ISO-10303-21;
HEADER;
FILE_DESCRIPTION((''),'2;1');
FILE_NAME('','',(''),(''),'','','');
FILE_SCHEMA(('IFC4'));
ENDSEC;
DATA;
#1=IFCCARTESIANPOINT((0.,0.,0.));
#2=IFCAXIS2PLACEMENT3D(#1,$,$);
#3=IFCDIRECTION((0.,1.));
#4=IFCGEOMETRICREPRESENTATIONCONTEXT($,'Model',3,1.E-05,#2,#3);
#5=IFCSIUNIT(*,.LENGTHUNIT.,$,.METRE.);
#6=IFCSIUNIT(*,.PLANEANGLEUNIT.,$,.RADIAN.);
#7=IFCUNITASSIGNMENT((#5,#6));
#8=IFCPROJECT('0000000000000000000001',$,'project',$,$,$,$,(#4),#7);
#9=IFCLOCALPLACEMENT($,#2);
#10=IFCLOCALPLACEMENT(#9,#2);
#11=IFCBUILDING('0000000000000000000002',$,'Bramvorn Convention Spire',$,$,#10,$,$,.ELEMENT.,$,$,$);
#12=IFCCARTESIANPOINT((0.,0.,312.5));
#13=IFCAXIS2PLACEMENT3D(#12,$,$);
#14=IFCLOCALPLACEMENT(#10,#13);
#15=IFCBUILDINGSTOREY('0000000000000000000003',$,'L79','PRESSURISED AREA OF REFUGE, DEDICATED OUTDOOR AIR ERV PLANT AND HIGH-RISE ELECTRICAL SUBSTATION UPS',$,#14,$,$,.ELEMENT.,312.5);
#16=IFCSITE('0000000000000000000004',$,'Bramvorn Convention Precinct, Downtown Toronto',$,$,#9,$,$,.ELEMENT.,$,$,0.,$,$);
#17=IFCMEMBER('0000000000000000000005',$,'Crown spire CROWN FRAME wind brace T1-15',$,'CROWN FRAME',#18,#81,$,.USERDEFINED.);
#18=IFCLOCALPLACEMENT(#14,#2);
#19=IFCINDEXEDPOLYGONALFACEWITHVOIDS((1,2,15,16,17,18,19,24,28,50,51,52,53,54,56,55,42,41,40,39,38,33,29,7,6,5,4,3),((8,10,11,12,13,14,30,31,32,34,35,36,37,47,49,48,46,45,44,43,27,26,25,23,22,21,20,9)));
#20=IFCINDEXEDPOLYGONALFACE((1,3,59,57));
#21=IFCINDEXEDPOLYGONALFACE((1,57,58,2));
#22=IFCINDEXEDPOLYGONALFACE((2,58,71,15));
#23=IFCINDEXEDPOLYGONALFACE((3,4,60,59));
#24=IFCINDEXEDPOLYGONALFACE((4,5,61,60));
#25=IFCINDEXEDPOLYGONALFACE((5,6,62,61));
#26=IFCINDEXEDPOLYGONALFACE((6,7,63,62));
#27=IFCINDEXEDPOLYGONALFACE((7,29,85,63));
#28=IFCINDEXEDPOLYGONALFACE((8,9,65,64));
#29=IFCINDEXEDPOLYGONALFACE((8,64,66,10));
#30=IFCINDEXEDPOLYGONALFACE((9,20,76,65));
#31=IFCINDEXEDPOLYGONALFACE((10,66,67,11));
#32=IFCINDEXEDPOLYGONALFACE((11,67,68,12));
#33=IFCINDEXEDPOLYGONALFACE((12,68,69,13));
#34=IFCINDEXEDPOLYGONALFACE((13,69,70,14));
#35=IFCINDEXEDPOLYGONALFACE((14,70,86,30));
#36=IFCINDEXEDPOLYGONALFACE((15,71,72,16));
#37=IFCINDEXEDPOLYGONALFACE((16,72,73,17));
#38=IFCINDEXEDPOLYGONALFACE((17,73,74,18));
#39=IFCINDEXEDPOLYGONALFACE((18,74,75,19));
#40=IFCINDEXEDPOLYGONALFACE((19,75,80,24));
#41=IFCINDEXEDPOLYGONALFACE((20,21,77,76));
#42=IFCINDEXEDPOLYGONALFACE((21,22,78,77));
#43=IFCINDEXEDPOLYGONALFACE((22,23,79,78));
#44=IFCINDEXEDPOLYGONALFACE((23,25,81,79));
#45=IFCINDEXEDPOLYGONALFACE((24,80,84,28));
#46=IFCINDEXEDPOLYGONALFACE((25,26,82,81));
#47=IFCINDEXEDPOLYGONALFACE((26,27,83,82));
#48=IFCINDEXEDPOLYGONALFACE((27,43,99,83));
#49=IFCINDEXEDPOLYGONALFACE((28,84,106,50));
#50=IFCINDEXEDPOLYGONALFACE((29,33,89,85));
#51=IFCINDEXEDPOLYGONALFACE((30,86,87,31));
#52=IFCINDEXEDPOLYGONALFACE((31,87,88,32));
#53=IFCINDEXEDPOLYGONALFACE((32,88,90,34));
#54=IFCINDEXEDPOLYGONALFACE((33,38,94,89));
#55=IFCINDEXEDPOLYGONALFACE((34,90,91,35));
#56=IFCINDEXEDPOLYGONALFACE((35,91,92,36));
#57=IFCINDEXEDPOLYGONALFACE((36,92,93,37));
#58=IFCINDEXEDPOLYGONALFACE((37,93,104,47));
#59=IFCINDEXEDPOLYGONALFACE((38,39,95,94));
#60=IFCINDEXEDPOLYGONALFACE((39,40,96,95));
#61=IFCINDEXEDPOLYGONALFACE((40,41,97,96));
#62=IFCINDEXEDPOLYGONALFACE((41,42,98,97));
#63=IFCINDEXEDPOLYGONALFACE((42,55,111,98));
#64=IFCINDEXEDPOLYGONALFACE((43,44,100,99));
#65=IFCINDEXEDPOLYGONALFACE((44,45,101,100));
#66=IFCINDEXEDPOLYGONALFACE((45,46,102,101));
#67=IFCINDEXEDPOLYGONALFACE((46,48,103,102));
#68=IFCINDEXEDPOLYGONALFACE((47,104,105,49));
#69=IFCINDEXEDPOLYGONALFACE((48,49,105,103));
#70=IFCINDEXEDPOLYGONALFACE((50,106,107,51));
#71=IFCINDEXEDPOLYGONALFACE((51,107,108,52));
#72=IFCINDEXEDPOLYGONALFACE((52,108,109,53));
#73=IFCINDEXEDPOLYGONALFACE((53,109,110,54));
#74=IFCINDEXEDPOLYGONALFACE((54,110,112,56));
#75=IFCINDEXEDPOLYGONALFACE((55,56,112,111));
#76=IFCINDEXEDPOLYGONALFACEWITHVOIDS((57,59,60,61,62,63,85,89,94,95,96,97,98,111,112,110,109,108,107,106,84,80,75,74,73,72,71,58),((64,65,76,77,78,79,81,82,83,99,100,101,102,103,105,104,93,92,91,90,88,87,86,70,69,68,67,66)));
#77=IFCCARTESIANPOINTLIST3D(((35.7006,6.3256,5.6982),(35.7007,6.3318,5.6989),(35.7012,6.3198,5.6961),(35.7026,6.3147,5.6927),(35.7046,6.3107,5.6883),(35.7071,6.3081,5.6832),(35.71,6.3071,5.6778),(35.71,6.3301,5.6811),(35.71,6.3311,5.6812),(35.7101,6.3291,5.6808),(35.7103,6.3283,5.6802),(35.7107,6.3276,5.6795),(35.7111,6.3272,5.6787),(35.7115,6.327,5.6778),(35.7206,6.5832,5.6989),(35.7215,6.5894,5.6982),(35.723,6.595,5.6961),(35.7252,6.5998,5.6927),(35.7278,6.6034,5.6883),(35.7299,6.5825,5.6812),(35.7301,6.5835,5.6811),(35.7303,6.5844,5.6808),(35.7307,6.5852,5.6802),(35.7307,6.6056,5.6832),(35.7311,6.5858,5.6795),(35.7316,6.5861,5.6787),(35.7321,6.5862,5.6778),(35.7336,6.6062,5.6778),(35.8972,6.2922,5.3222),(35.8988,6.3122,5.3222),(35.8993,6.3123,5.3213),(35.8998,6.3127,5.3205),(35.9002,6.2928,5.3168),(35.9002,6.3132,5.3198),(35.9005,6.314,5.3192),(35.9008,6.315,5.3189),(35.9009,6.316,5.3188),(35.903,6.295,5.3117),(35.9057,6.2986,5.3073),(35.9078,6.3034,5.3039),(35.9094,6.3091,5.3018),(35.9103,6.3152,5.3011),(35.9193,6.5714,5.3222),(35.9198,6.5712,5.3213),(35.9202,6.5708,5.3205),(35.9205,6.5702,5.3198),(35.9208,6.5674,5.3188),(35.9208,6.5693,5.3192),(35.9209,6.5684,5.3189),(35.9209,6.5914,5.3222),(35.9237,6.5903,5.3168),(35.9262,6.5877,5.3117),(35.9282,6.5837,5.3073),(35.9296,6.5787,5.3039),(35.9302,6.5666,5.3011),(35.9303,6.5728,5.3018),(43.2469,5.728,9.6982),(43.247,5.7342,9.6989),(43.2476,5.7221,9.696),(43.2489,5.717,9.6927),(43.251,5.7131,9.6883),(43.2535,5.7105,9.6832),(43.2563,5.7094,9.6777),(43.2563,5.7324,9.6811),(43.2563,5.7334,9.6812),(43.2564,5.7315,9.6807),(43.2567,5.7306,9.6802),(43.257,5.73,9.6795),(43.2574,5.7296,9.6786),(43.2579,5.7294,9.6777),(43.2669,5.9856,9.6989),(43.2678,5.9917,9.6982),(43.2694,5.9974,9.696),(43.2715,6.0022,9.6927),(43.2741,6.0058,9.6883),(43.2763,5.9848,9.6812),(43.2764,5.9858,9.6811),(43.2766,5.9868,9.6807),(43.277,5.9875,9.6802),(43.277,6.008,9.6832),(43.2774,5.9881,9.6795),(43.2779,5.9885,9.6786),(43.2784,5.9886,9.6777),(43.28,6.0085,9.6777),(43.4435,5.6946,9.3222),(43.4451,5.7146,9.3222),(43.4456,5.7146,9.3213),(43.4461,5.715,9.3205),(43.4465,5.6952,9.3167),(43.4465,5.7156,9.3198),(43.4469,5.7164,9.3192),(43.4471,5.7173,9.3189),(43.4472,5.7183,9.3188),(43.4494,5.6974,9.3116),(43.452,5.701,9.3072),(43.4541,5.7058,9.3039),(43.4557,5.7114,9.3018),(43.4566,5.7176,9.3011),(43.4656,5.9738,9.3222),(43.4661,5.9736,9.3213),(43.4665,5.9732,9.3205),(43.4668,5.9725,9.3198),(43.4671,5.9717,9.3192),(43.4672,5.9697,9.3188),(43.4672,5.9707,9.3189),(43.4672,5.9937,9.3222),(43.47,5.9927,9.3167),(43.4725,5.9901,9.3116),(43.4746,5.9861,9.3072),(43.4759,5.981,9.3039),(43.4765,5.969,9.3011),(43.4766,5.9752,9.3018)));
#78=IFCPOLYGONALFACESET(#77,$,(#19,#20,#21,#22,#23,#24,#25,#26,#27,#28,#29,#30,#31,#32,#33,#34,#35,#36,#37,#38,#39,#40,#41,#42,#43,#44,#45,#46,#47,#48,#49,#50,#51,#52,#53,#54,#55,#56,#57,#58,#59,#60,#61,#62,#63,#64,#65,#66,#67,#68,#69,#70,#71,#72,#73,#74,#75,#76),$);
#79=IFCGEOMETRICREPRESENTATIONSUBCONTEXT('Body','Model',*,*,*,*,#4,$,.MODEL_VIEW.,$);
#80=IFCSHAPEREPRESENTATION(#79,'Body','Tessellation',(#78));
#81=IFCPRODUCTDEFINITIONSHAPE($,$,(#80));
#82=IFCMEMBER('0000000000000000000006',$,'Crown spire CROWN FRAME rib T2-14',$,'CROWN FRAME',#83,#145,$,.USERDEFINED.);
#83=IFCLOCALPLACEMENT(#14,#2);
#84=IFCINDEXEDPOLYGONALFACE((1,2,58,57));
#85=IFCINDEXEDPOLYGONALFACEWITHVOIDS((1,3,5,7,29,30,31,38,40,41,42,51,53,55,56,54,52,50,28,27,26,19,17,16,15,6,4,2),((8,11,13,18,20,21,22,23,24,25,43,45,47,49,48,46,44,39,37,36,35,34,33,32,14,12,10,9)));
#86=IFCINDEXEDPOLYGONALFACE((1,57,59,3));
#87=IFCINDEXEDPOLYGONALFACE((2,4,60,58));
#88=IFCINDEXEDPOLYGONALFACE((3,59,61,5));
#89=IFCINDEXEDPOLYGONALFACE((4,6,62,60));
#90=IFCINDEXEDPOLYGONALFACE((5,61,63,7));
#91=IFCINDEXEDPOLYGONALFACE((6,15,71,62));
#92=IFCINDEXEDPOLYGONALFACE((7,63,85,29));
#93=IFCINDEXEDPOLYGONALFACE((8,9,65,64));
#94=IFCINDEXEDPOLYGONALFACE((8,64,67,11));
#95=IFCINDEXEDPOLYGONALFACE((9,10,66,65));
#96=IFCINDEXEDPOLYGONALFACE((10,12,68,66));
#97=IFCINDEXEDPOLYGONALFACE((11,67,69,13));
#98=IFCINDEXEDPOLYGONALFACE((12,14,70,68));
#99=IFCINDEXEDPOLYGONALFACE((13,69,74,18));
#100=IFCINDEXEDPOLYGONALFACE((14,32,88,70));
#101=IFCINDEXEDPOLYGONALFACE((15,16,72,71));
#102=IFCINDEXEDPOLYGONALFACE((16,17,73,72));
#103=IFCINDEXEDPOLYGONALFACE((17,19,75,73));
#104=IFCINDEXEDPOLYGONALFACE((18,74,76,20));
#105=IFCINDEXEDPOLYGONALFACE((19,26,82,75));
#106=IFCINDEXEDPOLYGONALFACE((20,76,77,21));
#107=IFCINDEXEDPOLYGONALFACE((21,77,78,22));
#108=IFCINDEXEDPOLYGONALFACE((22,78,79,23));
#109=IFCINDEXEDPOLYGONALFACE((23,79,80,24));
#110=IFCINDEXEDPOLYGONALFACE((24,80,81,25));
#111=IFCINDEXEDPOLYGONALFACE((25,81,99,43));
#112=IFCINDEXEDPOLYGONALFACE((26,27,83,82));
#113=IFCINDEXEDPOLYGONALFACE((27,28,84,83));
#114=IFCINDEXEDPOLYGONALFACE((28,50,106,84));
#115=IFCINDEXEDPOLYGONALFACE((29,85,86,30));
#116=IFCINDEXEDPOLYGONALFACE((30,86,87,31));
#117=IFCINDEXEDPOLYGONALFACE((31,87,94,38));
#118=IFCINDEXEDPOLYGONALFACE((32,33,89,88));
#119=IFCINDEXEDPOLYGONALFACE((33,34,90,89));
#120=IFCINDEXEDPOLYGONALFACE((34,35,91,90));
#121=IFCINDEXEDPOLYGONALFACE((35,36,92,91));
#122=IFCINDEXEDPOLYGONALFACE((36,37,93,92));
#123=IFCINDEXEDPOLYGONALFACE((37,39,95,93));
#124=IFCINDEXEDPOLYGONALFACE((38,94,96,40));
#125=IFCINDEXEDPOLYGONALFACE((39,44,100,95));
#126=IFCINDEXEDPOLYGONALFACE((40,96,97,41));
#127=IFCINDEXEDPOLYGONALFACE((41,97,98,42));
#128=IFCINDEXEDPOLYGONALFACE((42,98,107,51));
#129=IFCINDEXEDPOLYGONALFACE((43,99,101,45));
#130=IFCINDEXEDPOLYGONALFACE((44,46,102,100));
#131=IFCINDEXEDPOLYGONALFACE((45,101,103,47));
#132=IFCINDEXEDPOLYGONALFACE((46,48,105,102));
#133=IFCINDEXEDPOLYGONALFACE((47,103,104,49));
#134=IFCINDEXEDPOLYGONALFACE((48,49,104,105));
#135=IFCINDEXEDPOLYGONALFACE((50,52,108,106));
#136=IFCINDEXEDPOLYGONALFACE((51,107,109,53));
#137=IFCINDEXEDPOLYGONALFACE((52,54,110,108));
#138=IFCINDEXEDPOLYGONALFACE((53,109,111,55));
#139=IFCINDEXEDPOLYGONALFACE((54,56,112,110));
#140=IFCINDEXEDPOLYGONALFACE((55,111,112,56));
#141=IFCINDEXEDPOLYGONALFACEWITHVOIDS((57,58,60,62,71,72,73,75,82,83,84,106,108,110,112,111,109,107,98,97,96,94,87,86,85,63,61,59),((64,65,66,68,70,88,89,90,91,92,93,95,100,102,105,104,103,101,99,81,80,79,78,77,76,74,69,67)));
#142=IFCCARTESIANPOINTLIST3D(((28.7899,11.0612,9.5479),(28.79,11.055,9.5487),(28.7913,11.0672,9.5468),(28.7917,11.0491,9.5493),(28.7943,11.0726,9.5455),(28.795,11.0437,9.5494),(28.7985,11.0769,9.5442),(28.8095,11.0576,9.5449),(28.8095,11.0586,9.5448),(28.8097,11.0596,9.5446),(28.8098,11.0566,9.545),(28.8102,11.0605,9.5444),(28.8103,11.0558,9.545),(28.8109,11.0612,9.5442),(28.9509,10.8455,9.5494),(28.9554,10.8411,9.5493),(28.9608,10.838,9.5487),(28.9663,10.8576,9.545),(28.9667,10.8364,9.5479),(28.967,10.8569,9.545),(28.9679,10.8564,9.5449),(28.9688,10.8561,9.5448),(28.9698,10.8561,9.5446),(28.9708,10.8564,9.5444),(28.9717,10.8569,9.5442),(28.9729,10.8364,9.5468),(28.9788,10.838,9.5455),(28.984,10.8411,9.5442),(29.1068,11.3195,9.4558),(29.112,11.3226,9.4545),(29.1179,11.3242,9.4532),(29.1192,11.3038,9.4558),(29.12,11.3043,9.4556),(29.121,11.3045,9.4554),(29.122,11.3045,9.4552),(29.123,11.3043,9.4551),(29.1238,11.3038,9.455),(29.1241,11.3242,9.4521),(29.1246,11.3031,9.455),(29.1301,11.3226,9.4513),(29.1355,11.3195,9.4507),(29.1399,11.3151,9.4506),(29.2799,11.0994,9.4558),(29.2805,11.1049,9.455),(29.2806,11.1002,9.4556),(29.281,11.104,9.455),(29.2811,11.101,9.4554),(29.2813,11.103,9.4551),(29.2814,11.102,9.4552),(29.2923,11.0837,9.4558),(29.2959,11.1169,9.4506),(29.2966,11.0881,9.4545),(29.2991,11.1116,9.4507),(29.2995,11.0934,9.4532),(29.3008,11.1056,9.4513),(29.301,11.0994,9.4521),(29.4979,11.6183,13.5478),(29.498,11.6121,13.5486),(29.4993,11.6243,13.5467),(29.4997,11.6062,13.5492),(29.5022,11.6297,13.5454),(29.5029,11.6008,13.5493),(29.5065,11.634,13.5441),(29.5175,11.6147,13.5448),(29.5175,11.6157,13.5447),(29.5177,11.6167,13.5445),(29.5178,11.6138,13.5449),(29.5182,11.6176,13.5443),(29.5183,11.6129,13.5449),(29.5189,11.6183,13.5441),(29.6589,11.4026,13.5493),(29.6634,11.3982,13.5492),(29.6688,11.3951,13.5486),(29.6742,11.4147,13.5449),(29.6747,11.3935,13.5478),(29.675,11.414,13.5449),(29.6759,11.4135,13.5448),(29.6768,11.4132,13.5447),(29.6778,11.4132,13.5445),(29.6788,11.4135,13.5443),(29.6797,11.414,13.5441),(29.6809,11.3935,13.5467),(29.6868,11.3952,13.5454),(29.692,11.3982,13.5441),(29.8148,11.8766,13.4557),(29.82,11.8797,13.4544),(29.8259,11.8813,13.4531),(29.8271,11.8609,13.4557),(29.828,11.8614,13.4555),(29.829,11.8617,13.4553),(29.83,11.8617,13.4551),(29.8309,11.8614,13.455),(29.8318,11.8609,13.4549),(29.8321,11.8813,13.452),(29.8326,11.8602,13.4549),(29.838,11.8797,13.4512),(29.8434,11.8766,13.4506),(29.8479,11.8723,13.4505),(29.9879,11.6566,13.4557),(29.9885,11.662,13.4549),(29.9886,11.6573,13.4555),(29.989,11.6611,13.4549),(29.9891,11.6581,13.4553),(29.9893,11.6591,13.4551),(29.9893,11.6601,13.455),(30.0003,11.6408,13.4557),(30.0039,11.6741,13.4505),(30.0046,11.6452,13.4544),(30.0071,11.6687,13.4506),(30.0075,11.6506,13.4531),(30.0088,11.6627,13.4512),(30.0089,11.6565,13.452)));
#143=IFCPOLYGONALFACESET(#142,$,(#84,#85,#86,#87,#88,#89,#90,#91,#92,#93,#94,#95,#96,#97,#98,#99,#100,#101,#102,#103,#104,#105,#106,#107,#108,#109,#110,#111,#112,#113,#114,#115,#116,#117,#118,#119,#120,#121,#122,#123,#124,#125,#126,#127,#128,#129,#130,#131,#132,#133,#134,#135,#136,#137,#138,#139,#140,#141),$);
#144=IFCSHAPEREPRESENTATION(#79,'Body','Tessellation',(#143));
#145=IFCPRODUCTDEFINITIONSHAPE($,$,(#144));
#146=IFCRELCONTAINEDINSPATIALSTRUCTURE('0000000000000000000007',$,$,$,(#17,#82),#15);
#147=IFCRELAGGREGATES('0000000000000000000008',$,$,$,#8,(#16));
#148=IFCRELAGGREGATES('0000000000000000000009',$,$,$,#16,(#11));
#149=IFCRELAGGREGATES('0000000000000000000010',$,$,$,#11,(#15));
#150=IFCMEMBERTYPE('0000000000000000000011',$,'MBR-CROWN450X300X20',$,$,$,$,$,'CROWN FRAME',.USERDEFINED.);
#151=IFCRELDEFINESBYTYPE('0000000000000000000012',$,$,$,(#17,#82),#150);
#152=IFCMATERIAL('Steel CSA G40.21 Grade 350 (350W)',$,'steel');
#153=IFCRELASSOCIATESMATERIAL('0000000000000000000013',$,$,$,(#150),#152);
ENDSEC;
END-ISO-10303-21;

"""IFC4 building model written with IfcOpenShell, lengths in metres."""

from ifc_helpers import new_model, si_unit, direction, frame, origin, origin_2d, place, context, subcontext, project, spatial, hollow_rectangle, extrude, material, material_profile, profile_set, type_object, element, save


model = new_model("IFC4")

# Units and contexts
model_context = context("Model", 3, precision=1e-05, world=origin(), true_north=direction((0.0, 1.0)))
body_context = subcontext(model_context, "Body", "Model", "MODEL_VIEW")
ifc_project = project(units=[si_unit("LENGTHUNIT", "METRE"), si_unit("PLANEANGLEUNIT", "RADIAN")], contexts=[model_context])

# Site, building, storey
site_placement = place(None, origin())
site = spatial("IfcSite", under=ifc_project, at=site_placement, Name="Bramvorn Convention Precinct, Downtown Toronto", CompositionType="ELEMENT", RefElevation=0.0)
building_placement = place(site_placement, origin())
building = spatial("IfcBuilding", under=site, at=building_placement, Name="Bramvorn Convention Spire", CompositionType="ELEMENT")
storey_placement = place(building_placement, frame((0.0, 0.0, 312.5)))
storey = spatial("IfcBuildingStorey", under=building, at=storey_placement, Name="L79", Description="PRESSURISED AREA OF REFUGE, DEDICATED OUTDOOR AIR ERV PLANT AND HIGH-RISE ELECTRICAL SUBSTATION UPS", CompositionType="ELEMENT", Elevation=312.5)

# Shared definitions
ifc_material_1 = material(Name="Steel CSA G40.21 Grade 350 (350W)", Category="steel")

# Members
ifc_material_profile_1 = material_profile(ifc_material_1, hollow_rectangle(XDim=0.3, YDim=0.45, WallThickness=0.02, InnerFilletRadius=0.0039, OuterFilletRadius=0.0239, at=origin_2d()))
ifc_profile_set_1 = profile_set([ifc_material_profile_1], Name="Steel CSA G40.21 Grade 350 (350W) - CROWN450X300X20")
member_type = type_object("IfcMemberType", Name="MBR-CROWN450X300X20", ElementType="CROWN FRAME", PredefinedType="USERDEFINED", material=ifc_profile_set_1)
member_1_placement = place(storey_placement, frame((35.8154, 6.4492, 5.5), z_axis=(0.881398, -0.069805, 0.467189), x_axis=(0.07895, 0.996879, 0.0)))
element("IfcMember", 1, at=member_1_placement, inside=storey, type_object=member_type, Name="Crown spire CROWN FRAME wind brace T1-15", ObjectType="CROWN FRAME", PredefinedType="USERDEFINED", context=body_context, shape_type="SweptSolid", body=[
    extrude(hollow_rectangle(XDim=0.3, YDim=0.45, WallThickness=0.02, InnerFilletRadius=0.0039, OuterFilletRadius=0.0239, at=origin_2d()), origin(), (0.0, 0.0, 1.0), 8.5618),
])
member_2_placement = place(storey_placement, frame((29.0454, 11.0803, 9.5), z_axis=(0.172676, 0.135878, 0.975561), x_axis=(-0.618396, 0.785867, 0.0)))
element("IfcMember", 2, at=member_2_placement, inside=storey, type_object=member_type, Name="Crown spire CROWN FRAME rib T2-14", ObjectType="CROWN FRAME", PredefinedType="USERDEFINED", context=body_context, shape_type="SweptSolid", body=[
    extrude(hollow_rectangle(XDim=0.3, YDim=0.45, WallThickness=0.02, InnerFilletRadius=0.0039, OuterFilletRadius=0.0239, at=origin_2d()), origin(), (0.0, 0.0, 1.0), 4.1001),
])

save(model, "model.ifc")
